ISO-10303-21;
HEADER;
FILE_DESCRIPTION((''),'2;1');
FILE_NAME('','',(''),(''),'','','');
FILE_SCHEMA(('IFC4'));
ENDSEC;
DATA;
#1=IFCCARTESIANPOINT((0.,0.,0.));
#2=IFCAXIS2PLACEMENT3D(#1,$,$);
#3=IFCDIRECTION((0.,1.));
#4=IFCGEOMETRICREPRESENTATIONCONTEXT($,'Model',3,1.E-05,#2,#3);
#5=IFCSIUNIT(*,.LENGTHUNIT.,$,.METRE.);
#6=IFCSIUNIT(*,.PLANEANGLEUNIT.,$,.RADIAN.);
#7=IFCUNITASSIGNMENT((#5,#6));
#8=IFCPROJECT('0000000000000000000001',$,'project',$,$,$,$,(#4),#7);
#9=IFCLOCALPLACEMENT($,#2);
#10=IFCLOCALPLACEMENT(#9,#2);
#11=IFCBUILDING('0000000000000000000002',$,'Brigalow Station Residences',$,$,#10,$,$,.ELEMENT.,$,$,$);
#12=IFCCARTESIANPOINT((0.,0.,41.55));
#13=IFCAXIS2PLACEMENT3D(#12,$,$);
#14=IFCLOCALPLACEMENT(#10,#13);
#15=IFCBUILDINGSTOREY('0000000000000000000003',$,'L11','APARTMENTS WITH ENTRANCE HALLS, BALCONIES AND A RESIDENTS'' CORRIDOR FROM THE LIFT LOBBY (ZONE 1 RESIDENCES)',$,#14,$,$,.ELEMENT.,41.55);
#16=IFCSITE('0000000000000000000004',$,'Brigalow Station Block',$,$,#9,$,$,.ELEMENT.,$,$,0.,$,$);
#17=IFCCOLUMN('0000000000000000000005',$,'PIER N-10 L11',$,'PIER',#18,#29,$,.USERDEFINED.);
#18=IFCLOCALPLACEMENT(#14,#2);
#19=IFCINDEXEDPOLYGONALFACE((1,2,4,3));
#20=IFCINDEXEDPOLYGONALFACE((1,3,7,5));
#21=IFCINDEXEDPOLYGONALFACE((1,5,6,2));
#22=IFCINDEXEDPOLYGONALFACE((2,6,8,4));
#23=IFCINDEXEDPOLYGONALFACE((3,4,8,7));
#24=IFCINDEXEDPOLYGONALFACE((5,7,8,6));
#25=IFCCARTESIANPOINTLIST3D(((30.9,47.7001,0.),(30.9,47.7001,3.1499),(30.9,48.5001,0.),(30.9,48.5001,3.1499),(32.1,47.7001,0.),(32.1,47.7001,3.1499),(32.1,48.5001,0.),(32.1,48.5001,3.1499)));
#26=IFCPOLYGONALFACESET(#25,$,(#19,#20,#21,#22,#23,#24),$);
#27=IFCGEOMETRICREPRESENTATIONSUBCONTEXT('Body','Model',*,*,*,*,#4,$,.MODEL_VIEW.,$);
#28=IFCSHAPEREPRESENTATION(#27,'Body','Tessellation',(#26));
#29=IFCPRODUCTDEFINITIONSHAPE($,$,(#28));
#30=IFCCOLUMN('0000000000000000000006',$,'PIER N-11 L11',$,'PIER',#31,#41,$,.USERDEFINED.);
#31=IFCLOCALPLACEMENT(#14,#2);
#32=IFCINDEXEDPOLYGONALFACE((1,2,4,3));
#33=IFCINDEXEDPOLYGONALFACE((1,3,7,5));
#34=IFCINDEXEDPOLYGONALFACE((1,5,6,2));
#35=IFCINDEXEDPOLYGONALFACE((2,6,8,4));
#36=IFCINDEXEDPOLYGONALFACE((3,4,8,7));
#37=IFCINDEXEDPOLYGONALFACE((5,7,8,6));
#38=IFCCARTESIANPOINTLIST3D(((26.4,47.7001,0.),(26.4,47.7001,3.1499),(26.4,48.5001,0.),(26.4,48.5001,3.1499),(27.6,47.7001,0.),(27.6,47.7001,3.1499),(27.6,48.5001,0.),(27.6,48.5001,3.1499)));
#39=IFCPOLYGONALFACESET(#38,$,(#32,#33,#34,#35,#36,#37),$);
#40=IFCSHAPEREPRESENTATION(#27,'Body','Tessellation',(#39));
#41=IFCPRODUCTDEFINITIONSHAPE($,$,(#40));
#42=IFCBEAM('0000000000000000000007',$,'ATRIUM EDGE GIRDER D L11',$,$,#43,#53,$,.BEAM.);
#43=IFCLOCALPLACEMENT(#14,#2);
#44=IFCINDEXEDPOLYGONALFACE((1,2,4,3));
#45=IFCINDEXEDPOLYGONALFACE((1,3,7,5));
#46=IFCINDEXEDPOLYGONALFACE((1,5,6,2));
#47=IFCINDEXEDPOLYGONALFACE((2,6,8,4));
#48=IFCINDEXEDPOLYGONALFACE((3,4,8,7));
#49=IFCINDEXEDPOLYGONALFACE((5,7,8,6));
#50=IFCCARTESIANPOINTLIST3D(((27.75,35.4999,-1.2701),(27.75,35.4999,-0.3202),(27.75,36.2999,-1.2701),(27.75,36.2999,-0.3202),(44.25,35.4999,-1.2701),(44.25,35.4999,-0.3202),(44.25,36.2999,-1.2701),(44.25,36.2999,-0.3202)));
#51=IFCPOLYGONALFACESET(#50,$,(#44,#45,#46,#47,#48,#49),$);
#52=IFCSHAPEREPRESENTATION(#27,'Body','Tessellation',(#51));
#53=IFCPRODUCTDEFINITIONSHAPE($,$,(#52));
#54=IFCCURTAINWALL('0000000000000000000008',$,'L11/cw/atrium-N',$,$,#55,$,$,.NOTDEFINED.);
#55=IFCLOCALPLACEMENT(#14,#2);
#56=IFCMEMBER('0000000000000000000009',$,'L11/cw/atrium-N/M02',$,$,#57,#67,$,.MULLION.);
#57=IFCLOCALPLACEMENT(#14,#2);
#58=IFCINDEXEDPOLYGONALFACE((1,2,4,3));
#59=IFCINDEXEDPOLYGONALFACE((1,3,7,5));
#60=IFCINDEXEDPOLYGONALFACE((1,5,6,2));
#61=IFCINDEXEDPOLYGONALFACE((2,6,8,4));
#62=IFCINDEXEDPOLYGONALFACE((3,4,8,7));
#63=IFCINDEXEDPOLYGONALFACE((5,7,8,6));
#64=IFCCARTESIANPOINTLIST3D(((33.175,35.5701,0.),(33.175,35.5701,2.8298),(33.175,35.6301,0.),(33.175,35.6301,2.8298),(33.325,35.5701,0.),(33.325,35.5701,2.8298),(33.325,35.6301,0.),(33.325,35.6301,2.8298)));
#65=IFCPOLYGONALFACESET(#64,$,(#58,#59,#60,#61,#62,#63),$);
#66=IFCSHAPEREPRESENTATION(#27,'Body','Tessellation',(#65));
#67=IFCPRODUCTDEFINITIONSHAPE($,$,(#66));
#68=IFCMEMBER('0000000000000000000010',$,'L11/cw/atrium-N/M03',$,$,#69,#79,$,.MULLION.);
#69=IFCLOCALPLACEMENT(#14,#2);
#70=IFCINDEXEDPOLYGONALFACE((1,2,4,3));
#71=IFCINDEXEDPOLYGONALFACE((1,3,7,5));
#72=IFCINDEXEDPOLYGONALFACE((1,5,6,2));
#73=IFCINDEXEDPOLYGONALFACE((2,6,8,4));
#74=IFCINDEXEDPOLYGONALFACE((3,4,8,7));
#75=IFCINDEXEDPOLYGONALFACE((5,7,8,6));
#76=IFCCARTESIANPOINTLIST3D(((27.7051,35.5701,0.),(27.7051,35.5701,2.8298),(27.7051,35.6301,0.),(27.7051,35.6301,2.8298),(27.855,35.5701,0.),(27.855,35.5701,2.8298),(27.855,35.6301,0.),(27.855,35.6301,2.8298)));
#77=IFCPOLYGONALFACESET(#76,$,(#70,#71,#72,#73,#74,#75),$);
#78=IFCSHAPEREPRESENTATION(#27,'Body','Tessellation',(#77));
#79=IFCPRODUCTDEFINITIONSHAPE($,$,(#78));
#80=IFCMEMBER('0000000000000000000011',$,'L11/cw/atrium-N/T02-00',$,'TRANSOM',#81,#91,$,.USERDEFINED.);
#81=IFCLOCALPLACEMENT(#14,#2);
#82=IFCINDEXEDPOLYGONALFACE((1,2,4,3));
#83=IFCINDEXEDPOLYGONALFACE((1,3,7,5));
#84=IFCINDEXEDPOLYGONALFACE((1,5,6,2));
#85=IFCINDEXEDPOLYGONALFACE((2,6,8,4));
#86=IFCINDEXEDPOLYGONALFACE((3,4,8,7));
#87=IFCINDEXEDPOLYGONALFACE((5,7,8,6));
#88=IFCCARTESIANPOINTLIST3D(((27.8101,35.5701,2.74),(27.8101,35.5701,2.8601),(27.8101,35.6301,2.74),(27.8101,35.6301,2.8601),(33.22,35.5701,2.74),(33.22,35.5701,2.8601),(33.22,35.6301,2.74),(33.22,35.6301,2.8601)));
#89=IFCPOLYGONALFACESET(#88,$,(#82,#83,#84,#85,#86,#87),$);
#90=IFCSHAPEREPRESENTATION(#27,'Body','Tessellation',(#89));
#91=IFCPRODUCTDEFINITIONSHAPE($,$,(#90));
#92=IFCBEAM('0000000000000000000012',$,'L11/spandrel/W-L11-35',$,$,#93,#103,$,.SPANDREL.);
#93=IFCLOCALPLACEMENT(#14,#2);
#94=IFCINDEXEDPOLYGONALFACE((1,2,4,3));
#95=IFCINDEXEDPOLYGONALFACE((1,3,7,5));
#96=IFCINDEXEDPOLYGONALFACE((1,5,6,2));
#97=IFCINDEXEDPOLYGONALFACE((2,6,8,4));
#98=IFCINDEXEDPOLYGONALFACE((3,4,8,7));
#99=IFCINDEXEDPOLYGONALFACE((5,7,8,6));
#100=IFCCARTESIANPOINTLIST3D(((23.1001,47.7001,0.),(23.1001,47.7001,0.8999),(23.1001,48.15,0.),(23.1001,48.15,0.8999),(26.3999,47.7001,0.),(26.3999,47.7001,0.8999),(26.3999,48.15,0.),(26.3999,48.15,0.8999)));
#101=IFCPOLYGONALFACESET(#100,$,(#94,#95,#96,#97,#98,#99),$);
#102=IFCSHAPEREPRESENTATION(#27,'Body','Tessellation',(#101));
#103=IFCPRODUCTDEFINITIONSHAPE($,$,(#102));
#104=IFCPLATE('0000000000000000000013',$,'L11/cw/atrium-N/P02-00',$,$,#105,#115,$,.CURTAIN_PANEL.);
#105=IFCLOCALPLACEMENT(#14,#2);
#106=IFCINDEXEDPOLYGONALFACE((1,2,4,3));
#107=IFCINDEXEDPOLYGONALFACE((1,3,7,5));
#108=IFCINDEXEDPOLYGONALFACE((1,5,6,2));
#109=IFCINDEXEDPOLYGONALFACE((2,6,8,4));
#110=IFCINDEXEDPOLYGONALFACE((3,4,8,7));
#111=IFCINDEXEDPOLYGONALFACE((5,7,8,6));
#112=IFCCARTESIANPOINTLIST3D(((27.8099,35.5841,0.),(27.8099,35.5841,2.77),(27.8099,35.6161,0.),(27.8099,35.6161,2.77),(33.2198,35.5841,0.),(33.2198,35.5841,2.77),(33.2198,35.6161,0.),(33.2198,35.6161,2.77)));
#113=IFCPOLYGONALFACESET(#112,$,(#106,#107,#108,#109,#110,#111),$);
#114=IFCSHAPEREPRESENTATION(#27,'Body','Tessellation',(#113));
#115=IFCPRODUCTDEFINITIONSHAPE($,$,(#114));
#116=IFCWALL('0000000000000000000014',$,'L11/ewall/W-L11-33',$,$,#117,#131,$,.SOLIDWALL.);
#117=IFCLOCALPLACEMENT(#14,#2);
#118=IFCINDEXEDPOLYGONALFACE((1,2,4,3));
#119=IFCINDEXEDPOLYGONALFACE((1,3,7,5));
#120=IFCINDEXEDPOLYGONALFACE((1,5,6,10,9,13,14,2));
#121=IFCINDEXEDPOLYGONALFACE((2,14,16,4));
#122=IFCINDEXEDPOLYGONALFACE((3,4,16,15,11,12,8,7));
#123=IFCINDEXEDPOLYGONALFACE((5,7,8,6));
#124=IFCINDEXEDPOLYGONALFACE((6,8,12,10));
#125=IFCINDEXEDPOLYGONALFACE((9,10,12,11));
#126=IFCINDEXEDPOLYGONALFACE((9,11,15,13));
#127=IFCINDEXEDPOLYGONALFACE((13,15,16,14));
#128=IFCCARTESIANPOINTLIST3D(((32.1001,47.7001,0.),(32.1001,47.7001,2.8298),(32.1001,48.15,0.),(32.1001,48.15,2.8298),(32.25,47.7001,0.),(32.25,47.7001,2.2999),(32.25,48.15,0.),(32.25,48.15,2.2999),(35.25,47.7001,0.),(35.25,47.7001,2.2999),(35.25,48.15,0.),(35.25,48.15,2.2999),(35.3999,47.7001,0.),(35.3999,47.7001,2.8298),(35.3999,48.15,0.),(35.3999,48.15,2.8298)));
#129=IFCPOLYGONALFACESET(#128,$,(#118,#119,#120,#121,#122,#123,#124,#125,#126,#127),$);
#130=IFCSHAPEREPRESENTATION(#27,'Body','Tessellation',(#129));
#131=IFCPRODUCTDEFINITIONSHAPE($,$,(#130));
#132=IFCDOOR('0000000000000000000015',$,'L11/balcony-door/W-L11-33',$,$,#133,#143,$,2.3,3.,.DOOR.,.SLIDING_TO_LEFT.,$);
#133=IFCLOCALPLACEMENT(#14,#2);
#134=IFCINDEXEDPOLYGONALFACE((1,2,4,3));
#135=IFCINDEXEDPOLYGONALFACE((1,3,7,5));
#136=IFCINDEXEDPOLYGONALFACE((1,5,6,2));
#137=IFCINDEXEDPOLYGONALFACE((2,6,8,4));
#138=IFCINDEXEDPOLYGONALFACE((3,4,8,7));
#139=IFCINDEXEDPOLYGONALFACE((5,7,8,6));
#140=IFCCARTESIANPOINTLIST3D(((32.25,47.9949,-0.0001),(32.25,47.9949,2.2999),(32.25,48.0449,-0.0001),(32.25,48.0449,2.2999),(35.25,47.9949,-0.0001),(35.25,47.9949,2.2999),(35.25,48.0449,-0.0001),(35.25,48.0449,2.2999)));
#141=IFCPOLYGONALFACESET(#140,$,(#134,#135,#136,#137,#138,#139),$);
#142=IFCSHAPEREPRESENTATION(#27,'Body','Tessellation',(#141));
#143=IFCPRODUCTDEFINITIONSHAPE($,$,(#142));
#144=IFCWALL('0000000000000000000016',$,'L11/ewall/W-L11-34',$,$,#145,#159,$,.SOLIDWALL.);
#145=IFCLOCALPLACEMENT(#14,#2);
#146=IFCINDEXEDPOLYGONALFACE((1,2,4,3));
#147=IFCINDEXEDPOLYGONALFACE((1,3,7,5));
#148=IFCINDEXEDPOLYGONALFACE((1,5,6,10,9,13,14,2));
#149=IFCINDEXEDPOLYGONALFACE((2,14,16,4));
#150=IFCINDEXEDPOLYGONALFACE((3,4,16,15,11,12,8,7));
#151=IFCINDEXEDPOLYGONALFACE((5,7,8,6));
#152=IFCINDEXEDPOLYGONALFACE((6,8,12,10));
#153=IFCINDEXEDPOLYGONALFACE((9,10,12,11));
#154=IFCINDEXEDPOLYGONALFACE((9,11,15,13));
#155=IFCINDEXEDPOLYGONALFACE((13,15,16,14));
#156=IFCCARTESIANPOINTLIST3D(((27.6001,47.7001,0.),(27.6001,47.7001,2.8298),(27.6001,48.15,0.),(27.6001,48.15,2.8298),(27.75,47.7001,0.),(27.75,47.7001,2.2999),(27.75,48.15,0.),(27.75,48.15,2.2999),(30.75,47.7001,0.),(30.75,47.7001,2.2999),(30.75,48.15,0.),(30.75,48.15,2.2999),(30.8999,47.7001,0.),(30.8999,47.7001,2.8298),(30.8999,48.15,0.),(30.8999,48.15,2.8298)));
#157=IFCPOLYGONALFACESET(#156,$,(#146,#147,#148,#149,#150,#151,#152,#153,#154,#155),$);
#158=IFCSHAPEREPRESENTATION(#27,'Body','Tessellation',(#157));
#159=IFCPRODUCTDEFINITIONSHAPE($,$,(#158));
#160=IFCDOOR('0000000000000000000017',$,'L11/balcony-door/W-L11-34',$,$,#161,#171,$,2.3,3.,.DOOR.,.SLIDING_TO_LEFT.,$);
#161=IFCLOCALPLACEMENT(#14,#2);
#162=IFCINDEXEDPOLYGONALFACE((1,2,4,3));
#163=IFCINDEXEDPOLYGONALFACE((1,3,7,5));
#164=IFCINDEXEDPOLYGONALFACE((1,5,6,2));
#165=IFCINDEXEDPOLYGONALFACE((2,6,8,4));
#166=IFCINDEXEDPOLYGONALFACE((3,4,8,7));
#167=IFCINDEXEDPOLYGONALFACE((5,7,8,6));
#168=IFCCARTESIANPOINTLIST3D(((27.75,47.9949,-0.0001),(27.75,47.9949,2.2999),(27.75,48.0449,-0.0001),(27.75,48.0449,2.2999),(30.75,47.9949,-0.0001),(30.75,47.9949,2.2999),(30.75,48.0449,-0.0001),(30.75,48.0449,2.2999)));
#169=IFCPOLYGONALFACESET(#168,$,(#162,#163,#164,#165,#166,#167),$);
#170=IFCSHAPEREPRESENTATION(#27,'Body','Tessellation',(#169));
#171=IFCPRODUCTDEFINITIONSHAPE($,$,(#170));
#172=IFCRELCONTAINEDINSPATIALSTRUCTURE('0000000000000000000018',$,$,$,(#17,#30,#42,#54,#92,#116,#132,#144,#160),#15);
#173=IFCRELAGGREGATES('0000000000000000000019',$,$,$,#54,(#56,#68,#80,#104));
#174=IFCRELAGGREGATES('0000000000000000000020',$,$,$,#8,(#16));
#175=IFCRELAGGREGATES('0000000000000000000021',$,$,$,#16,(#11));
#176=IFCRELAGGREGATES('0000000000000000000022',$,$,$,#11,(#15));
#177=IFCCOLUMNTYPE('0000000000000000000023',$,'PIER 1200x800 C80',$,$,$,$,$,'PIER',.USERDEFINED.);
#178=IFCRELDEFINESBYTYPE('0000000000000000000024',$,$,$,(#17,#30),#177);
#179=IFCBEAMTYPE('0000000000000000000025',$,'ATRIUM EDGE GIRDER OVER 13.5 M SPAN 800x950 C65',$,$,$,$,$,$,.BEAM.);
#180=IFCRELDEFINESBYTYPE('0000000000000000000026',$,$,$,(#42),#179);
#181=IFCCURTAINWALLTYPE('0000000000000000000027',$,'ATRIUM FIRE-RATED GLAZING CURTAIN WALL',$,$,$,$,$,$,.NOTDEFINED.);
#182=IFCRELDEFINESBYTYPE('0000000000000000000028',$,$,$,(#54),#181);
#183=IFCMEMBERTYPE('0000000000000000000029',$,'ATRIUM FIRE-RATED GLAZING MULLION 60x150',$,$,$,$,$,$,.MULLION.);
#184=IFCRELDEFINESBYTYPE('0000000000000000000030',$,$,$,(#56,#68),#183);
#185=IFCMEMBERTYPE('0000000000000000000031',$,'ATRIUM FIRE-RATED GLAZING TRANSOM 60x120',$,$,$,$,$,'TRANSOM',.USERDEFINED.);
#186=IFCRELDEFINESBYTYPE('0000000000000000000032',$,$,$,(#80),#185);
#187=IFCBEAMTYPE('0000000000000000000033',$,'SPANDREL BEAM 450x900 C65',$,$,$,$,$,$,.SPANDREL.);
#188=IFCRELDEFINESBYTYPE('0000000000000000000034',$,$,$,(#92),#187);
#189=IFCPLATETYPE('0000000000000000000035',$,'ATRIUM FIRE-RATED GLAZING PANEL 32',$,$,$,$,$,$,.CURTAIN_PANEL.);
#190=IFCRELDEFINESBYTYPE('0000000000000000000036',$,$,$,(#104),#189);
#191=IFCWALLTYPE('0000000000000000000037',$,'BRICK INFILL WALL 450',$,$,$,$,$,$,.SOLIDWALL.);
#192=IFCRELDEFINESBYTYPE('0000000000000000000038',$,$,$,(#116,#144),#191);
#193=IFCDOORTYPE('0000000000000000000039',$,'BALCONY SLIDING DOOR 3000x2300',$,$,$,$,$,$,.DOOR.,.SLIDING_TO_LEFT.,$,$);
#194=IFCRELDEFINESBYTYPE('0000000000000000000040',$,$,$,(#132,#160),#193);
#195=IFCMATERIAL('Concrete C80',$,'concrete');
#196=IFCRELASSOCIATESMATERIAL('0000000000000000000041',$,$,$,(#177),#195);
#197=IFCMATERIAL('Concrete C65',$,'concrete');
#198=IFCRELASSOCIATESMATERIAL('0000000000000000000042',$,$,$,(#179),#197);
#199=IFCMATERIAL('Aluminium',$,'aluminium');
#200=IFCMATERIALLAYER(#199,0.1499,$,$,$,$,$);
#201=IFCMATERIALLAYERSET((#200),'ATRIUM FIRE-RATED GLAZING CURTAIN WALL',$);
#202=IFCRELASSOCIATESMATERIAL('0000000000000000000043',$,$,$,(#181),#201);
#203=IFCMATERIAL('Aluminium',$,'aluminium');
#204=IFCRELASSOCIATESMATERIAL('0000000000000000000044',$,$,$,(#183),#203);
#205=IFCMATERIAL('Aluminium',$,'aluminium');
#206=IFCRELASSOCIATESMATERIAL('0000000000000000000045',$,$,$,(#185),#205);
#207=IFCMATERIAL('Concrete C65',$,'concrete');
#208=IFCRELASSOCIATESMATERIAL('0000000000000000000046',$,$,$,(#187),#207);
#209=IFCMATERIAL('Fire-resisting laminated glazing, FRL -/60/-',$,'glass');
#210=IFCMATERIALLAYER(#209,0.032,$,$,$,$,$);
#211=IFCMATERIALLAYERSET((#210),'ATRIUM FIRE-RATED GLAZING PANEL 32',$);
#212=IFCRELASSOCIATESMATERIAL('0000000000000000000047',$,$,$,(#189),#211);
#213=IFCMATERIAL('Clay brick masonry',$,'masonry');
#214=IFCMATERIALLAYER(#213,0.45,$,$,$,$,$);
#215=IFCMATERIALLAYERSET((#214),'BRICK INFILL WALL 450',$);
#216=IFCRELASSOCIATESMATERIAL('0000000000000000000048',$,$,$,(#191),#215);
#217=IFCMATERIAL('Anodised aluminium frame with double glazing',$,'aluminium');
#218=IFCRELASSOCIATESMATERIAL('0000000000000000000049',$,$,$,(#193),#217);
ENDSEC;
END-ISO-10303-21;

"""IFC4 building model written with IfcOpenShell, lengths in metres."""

from ifc_helpers import new_model, si_unit, direction, frame, frame_2d, origin, origin_2d, place, context, subcontext, project, spatial, rectangle, extrude, material, layer, layer_set, material_profile, profile_set, type_object, element, fill, aggregate, save


model = new_model("IFC4")

# Units and contexts
model_context = context("Model", 3, precision=1e-05, world=origin(), true_north=direction((0.0, 1.0)))
body_context = subcontext(model_context, "Body", "Model", "MODEL_VIEW")
ifc_project = project(units=[si_unit("LENGTHUNIT", "METRE"), si_unit("PLANEANGLEUNIT", "RADIAN")], contexts=[model_context])

# Site, building, storey
site_placement = place(None, origin())
site = spatial("IfcSite", under=ifc_project, at=site_placement, Name="Brigalow Station Block", CompositionType="ELEMENT", RefElevation=0.0)
building_placement = place(site_placement, origin())
building = spatial("IfcBuilding", under=site, at=building_placement, Name="Brigalow Station Residences", CompositionType="ELEMENT")
storey_placement = place(building_placement, frame((0.0, 0.0, 41.55)))
storey = spatial("IfcBuildingStorey", under=building, at=storey_placement, Name="L11", Description="APARTMENTS WITH ENTRANCE HALLS, BALCONIES AND A RESIDENTS' CORRIDOR FROM THE LIFT LOBBY (ZONE 1 RESIDENCES)", CompositionType="ELEMENT", Elevation=41.55)

# Columns
ifc_material_1 = material(Name="Concrete C80", Category="concrete")
ifc_material_profile_1 = material_profile(ifc_material_1, rectangle(XDim=1.2, YDim=0.8, at=origin_2d()), Name="RC1200x800")
ifc_profile_set_1 = profile_set([ifc_material_profile_1], Name="Concrete C80")
column_type = type_object("IfcColumnType", Name="PIER 1200x800 C80", ElementType="PIER", PredefinedType="USERDEFINED", material=ifc_profile_set_1)
for number, where, z_axis, x_axis, name in (
    (1, (31.5, 48.1001, 0.0), (0.0, 0.0, 1.0), (-1.0, 0.0, 0.0), "PIER N-10 L11"),
    (2, (27.0, 48.1001, 0.0), (0.0, 0.0, 1.0), (-1.0, 0.0, 0.0), "PIER N-11 L11"),
):
    element("IfcColumn", number, at=place(storey_placement, frame(where, z_axis=z_axis, x_axis=x_axis)), inside=storey, type_object=column_type, Name=name, ObjectType="PIER", PredefinedType="USERDEFINED", context=body_context, shape_type="SweptSolid", body=[
        extrude(rectangle(XDim=1.2, YDim=0.8, at=origin_2d()), origin(), (0.0, 0.0, 1.0), 3.1499),
    ])

# Beam
ifc_material_2 = material(Name="Concrete C65", Category="concrete")
ifc_material_profile_2 = material_profile(ifc_material_2, rectangle(XDim=0.8, YDim=0.95, at=origin_2d()), Name="RC800x950")
ifc_profile_set_2 = profile_set([ifc_material_profile_2], Name="Concrete C65")
beam_type_1 = type_object("IfcBeamType", Name="ATRIUM EDGE GIRDER OVER 13.5 M SPAN 800x950 C65", PredefinedType="BEAM", material=ifc_profile_set_2)
beam_1_placement = place(storey_placement, frame((27.75, 35.8999, -0.7952), z_axis=(1.0, 0.0, 0.0), x_axis=(0.0, 1.0, 0.0)))
element("IfcBeam", 3, at=beam_1_placement, inside=storey, type_object=beam_type_1, Name="ATRIUM EDGE GIRDER D L11", PredefinedType="BEAM", context=body_context, shape_type="SweptSolid", body=[
    extrude(rectangle(XDim=0.8, YDim=0.95, at=origin_2d()), origin(), (0.0, 0.0, 1.0), 16.5),
])

# Curtain wall, members
ifc_material_3 = material(Name="Aluminium", Category="aluminium")
ifc_layer_1 = layer(ifc_material_3, 0.1499)
ifc_layer_set_1 = layer_set([ifc_layer_1], Name="ATRIUM FIRE-RATED GLAZING CURTAIN WALL")
curtain_wall_type = type_object("IfcCurtainWallType", Name="ATRIUM FIRE-RATED GLAZING CURTAIN WALL", PredefinedType="NOTDEFINED", material=ifc_layer_set_1)
curtain_wall_placement = place(storey_placement, origin())
curtain_wall = element("IfcCurtainWall", 4, at=curtain_wall_placement, inside=storey, type_object=curtain_wall_type, Name="L11/cw/atrium-N", PredefinedType="NOTDEFINED")
ifc_material_4 = material(Name="Aluminium", Category="aluminium")
ifc_material_profile_3 = material_profile(ifc_material_4, rectangle(XDim=0.0601, YDim=0.1499, at=origin_2d()), Name="ATRIUM FIRE-RATED GLAZING MULLION 60x150")
ifc_profile_set_3 = profile_set([ifc_material_profile_3], Name="Aluminium")
member_type_1 = type_object("IfcMemberType", Name="ATRIUM FIRE-RATED GLAZING MULLION 60x150", PredefinedType="MULLION", material=ifc_profile_set_3)
member_1_placement = place(storey_placement, frame((33.25, 35.6001, 0.0), z_axis=(0.0, 0.0, 1.0), x_axis=(0.0, -1.0, 0.0)))
member_1 = element("IfcMember", 5, at=member_1_placement, type_object=member_type_1, Name="L11/cw/atrium-N/M02", PredefinedType="MULLION", context=body_context, shape_type="SweptSolid", body=[
    extrude(rectangle(XDim=0.0601, YDim=0.1499, at=origin_2d()), origin(), (0.0, 0.0, 1.0), 2.8298),
])
member_2_placement = place(storey_placement, frame((27.78, 35.6001, 0.0), z_axis=(0.0, 0.0, 1.0), x_axis=(0.0, -1.0, 0.0)))
member_2 = element("IfcMember", 6, at=member_2_placement, type_object=member_type_1, Name="L11/cw/atrium-N/M03", PredefinedType="MULLION", context=body_context, shape_type="SweptSolid", body=[
    extrude(rectangle(XDim=0.0601, YDim=0.1499, at=origin_2d()), origin(), (0.0, 0.0, 1.0), 2.8298),
])
ifc_material_5 = material(Name="Aluminium", Category="aluminium")
ifc_material_profile_4 = material_profile(ifc_material_5, rectangle(XDim=0.0601, YDim=0.1201, at=origin_2d()), Name="ATRIUM FIRE-RATED GLAZING TRANSOM 60x120")
ifc_profile_set_4 = profile_set([ifc_material_profile_4], Name="Aluminium")
member_type_2 = type_object("IfcMemberType", Name="ATRIUM FIRE-RATED GLAZING TRANSOM 60x120", ElementType="TRANSOM", PredefinedType="USERDEFINED", material=ifc_profile_set_4)
member_3_placement = place(storey_placement, frame((33.22, 35.6001, 2.8), z_axis=(-1.0, 0.0, 0.0), x_axis=(0.0, -1.0, 0.0)))
member_3 = element("IfcMember", 7, at=member_3_placement, type_object=member_type_2, Name="L11/cw/atrium-N/T02-00", ObjectType="TRANSOM", PredefinedType="USERDEFINED", context=body_context, shape_type="SweptSolid", body=[
    extrude(rectangle(XDim=0.0601, YDim=0.1201, at=origin_2d()), origin(), (0.0, 0.0, 1.0), 5.4099),
])

# Beam
ifc_material_6 = material(Name="Concrete C65", Category="concrete")
ifc_material_profile_5 = material_profile(ifc_material_6, rectangle(XDim=0.45, YDim=0.8999, at=origin_2d()), Name="RC450x900")
ifc_profile_set_5 = profile_set([ifc_material_profile_5], Name="Concrete C65")
beam_type_2 = type_object("IfcBeamType", Name="SPANDREL BEAM 450x900 C65", PredefinedType="SPANDREL", material=ifc_profile_set_5)
beam_2_placement = place(storey_placement, frame((26.3999, 47.925, 0.45), z_axis=(-1.0, 0.0, 0.0), x_axis=(0.0, -1.0, 0.0)))
element("IfcBeam", 8, at=beam_2_placement, inside=storey, type_object=beam_type_2, Name="L11/spandrel/W-L11-35", PredefinedType="SPANDREL", context=body_context, shape_type="SweptSolid", body=[
    extrude(rectangle(XDim=0.45, YDim=0.8999, at=origin_2d()), origin(), (0.0, 0.0, 1.0), 3.2998),
])

# Plate
ifc_material_7 = material(Name="Fire-resisting laminated glazing, FRL -/60/-", Category="glass")
ifc_layer_2 = layer(ifc_material_7, 0.032)
ifc_layer_set_2 = layer_set([ifc_layer_2], Name="ATRIUM FIRE-RATED GLAZING PANEL 32")
plate_type = type_object("IfcPlateType", Name="ATRIUM FIRE-RATED GLAZING PANEL 32", PredefinedType="CURTAIN_PANEL", material=ifc_layer_set_2)
plate_placement = place(storey_placement, frame((30.5149, 35.6001, 0.0), z_axis=(0.0, 0.0, 1.0), x_axis=(-1.0, 0.0, 0.0)))
plate = element("IfcPlate", 9, at=plate_placement, type_object=plate_type, Name="L11/cw/atrium-N/P02-00", PredefinedType="CURTAIN_PANEL", context=body_context, shape_type="SweptSolid", body=[
    extrude(rectangle(XDim=5.4099, YDim=0.032, at=origin_2d()), origin(), (0.0, 0.0, 1.0), 2.77),
])
aggregate(curtain_wall, [member_1, member_2, member_3, plate])

# Walls, openings, doors
ifc_material_8 = material(Name="Clay brick masonry", Category="masonry")
ifc_layer_3 = layer(ifc_material_8, 0.45)
ifc_layer_set_3 = layer_set([ifc_layer_3], Name="BRICK INFILL WALL 450")
wall_type_1 = type_object("IfcWallType", Name="BRICK INFILL WALL 450", PredefinedType="SOLIDWALL", material=ifc_layer_set_3)
wall_1_placement = place(storey_placement, frame((35.3999, 47.925, 0.0), z_axis=(0.0, 0.0, 1.0), x_axis=(-1.0, 0.0, 0.0)))
wall_1 = element("IfcWall", 10, at=wall_1_placement, inside=storey, type_object=wall_type_1, Name="L11/ewall/W-L11-33", PredefinedType="SOLIDWALL", context=body_context, shape_type="SweptSolid", body=[
    extrude(rectangle(XDim=3.2998, YDim=0.45, at=frame_2d((1.6499, 0.0))), origin(), (0.0, 0.0, 1.0), 2.8298),
])
opening_1_placement = place(wall_1_placement, frame((0.1499, 0.0, 0.0)))
opening_1 = element("IfcOpeningElement", 11, at=opening_1_placement, cuts=wall_1, PredefinedType="OPENING", context=body_context, shape_type="SweptSolid", body=[
    extrude(rectangle(XDim=3.0, YDim=2.3, at=frame_2d((1.5, 1.1499))), frame((0.0, 0.2349, 0.0), z_axis=(0.0, -1.0, 0.0), x_axis=(1.0, 0.0, 0.0)), (0.0, 0.0, 1.0), 0.47),
])
ifc_material_9 = material(Name="Anodised aluminium frame with double glazing", Category="aluminium")
door_type_1 = type_object("IfcDoorType", Name="BALCONY SLIDING DOOR 3000x2300", OperationType="SLIDING_TO_LEFT", PredefinedType="DOOR", material=ifc_material_9)
door_1_placement = place(opening_1_placement, origin())
door_1 = element("IfcDoor", 12, at=door_1_placement, inside=storey, type_object=door_type_1, Name="L11/balcony-door/W-L11-33", OperationType="SLIDING_TO_LEFT", OverallHeight=2.3, OverallWidth=3.0, PredefinedType="DOOR", context=body_context, shape_type="SweptSolid", body=[
    extrude(rectangle(XDim=3.0, YDim=2.3, at=frame_2d((1.5, 1.1499))), frame((0.0, -0.0698, 0.0), z_axis=(0.0, -1.0, 0.0), x_axis=(1.0, 0.0, 0.0)), (0.0, 0.0, 1.0), 0.05),
])
fill(opening_1, door_1)
wall_2_placement = place(storey_placement, frame((30.8999, 47.925, 0.0), z_axis=(0.0, 0.0, 1.0), x_axis=(-1.0, 0.0, 0.0)))
wall_2 = element("IfcWall", 13, at=wall_2_placement, inside=storey, type_object=wall_type_1, Name="L11/ewall/W-L11-34", PredefinedType="SOLIDWALL", context=body_context, shape_type="SweptSolid", body=[
    extrude(rectangle(XDim=3.2998, YDim=0.45, at=frame_2d((1.6499, 0.0))), origin(), (0.0, 0.0, 1.0), 2.8298),
])
opening_2_placement = place(wall_2_placement, frame((0.1499, 0.0, 0.0)))
opening_2 = element("IfcOpeningElement", 14, at=opening_2_placement, cuts=wall_2, PredefinedType="OPENING", context=body_context, shape_type="SweptSolid", body=[
    extrude(rectangle(XDim=3.0, YDim=2.3, at=frame_2d((1.5, 1.1499))), frame((0.0, 0.2349, 0.0), z_axis=(0.0, -1.0, 0.0), x_axis=(1.0, 0.0, 0.0)), (0.0, 0.0, 1.0), 0.47),
])
door_2_placement = place(opening_2_placement, origin())
door_2 = element("IfcDoor", 15, at=door_2_placement, inside=storey, type_object=door_type_1, Name="L11/balcony-door/W-L11-34", OperationType="SLIDING_TO_LEFT", OverallHeight=2.3, OverallWidth=3.0, PredefinedType="DOOR", context=body_context, shape_type="SweptSolid", body=[
    extrude(rectangle(XDim=3.0, YDim=2.3, at=frame_2d((1.5, 1.1499))), frame((0.0, -0.0698, 0.0), z_axis=(0.0, -1.0, 0.0), x_axis=(1.0, 0.0, 0.0)), (0.0, 0.0, 1.0), 0.05),
])
fill(opening_2, door_2)

save(model, "model.ifc")
